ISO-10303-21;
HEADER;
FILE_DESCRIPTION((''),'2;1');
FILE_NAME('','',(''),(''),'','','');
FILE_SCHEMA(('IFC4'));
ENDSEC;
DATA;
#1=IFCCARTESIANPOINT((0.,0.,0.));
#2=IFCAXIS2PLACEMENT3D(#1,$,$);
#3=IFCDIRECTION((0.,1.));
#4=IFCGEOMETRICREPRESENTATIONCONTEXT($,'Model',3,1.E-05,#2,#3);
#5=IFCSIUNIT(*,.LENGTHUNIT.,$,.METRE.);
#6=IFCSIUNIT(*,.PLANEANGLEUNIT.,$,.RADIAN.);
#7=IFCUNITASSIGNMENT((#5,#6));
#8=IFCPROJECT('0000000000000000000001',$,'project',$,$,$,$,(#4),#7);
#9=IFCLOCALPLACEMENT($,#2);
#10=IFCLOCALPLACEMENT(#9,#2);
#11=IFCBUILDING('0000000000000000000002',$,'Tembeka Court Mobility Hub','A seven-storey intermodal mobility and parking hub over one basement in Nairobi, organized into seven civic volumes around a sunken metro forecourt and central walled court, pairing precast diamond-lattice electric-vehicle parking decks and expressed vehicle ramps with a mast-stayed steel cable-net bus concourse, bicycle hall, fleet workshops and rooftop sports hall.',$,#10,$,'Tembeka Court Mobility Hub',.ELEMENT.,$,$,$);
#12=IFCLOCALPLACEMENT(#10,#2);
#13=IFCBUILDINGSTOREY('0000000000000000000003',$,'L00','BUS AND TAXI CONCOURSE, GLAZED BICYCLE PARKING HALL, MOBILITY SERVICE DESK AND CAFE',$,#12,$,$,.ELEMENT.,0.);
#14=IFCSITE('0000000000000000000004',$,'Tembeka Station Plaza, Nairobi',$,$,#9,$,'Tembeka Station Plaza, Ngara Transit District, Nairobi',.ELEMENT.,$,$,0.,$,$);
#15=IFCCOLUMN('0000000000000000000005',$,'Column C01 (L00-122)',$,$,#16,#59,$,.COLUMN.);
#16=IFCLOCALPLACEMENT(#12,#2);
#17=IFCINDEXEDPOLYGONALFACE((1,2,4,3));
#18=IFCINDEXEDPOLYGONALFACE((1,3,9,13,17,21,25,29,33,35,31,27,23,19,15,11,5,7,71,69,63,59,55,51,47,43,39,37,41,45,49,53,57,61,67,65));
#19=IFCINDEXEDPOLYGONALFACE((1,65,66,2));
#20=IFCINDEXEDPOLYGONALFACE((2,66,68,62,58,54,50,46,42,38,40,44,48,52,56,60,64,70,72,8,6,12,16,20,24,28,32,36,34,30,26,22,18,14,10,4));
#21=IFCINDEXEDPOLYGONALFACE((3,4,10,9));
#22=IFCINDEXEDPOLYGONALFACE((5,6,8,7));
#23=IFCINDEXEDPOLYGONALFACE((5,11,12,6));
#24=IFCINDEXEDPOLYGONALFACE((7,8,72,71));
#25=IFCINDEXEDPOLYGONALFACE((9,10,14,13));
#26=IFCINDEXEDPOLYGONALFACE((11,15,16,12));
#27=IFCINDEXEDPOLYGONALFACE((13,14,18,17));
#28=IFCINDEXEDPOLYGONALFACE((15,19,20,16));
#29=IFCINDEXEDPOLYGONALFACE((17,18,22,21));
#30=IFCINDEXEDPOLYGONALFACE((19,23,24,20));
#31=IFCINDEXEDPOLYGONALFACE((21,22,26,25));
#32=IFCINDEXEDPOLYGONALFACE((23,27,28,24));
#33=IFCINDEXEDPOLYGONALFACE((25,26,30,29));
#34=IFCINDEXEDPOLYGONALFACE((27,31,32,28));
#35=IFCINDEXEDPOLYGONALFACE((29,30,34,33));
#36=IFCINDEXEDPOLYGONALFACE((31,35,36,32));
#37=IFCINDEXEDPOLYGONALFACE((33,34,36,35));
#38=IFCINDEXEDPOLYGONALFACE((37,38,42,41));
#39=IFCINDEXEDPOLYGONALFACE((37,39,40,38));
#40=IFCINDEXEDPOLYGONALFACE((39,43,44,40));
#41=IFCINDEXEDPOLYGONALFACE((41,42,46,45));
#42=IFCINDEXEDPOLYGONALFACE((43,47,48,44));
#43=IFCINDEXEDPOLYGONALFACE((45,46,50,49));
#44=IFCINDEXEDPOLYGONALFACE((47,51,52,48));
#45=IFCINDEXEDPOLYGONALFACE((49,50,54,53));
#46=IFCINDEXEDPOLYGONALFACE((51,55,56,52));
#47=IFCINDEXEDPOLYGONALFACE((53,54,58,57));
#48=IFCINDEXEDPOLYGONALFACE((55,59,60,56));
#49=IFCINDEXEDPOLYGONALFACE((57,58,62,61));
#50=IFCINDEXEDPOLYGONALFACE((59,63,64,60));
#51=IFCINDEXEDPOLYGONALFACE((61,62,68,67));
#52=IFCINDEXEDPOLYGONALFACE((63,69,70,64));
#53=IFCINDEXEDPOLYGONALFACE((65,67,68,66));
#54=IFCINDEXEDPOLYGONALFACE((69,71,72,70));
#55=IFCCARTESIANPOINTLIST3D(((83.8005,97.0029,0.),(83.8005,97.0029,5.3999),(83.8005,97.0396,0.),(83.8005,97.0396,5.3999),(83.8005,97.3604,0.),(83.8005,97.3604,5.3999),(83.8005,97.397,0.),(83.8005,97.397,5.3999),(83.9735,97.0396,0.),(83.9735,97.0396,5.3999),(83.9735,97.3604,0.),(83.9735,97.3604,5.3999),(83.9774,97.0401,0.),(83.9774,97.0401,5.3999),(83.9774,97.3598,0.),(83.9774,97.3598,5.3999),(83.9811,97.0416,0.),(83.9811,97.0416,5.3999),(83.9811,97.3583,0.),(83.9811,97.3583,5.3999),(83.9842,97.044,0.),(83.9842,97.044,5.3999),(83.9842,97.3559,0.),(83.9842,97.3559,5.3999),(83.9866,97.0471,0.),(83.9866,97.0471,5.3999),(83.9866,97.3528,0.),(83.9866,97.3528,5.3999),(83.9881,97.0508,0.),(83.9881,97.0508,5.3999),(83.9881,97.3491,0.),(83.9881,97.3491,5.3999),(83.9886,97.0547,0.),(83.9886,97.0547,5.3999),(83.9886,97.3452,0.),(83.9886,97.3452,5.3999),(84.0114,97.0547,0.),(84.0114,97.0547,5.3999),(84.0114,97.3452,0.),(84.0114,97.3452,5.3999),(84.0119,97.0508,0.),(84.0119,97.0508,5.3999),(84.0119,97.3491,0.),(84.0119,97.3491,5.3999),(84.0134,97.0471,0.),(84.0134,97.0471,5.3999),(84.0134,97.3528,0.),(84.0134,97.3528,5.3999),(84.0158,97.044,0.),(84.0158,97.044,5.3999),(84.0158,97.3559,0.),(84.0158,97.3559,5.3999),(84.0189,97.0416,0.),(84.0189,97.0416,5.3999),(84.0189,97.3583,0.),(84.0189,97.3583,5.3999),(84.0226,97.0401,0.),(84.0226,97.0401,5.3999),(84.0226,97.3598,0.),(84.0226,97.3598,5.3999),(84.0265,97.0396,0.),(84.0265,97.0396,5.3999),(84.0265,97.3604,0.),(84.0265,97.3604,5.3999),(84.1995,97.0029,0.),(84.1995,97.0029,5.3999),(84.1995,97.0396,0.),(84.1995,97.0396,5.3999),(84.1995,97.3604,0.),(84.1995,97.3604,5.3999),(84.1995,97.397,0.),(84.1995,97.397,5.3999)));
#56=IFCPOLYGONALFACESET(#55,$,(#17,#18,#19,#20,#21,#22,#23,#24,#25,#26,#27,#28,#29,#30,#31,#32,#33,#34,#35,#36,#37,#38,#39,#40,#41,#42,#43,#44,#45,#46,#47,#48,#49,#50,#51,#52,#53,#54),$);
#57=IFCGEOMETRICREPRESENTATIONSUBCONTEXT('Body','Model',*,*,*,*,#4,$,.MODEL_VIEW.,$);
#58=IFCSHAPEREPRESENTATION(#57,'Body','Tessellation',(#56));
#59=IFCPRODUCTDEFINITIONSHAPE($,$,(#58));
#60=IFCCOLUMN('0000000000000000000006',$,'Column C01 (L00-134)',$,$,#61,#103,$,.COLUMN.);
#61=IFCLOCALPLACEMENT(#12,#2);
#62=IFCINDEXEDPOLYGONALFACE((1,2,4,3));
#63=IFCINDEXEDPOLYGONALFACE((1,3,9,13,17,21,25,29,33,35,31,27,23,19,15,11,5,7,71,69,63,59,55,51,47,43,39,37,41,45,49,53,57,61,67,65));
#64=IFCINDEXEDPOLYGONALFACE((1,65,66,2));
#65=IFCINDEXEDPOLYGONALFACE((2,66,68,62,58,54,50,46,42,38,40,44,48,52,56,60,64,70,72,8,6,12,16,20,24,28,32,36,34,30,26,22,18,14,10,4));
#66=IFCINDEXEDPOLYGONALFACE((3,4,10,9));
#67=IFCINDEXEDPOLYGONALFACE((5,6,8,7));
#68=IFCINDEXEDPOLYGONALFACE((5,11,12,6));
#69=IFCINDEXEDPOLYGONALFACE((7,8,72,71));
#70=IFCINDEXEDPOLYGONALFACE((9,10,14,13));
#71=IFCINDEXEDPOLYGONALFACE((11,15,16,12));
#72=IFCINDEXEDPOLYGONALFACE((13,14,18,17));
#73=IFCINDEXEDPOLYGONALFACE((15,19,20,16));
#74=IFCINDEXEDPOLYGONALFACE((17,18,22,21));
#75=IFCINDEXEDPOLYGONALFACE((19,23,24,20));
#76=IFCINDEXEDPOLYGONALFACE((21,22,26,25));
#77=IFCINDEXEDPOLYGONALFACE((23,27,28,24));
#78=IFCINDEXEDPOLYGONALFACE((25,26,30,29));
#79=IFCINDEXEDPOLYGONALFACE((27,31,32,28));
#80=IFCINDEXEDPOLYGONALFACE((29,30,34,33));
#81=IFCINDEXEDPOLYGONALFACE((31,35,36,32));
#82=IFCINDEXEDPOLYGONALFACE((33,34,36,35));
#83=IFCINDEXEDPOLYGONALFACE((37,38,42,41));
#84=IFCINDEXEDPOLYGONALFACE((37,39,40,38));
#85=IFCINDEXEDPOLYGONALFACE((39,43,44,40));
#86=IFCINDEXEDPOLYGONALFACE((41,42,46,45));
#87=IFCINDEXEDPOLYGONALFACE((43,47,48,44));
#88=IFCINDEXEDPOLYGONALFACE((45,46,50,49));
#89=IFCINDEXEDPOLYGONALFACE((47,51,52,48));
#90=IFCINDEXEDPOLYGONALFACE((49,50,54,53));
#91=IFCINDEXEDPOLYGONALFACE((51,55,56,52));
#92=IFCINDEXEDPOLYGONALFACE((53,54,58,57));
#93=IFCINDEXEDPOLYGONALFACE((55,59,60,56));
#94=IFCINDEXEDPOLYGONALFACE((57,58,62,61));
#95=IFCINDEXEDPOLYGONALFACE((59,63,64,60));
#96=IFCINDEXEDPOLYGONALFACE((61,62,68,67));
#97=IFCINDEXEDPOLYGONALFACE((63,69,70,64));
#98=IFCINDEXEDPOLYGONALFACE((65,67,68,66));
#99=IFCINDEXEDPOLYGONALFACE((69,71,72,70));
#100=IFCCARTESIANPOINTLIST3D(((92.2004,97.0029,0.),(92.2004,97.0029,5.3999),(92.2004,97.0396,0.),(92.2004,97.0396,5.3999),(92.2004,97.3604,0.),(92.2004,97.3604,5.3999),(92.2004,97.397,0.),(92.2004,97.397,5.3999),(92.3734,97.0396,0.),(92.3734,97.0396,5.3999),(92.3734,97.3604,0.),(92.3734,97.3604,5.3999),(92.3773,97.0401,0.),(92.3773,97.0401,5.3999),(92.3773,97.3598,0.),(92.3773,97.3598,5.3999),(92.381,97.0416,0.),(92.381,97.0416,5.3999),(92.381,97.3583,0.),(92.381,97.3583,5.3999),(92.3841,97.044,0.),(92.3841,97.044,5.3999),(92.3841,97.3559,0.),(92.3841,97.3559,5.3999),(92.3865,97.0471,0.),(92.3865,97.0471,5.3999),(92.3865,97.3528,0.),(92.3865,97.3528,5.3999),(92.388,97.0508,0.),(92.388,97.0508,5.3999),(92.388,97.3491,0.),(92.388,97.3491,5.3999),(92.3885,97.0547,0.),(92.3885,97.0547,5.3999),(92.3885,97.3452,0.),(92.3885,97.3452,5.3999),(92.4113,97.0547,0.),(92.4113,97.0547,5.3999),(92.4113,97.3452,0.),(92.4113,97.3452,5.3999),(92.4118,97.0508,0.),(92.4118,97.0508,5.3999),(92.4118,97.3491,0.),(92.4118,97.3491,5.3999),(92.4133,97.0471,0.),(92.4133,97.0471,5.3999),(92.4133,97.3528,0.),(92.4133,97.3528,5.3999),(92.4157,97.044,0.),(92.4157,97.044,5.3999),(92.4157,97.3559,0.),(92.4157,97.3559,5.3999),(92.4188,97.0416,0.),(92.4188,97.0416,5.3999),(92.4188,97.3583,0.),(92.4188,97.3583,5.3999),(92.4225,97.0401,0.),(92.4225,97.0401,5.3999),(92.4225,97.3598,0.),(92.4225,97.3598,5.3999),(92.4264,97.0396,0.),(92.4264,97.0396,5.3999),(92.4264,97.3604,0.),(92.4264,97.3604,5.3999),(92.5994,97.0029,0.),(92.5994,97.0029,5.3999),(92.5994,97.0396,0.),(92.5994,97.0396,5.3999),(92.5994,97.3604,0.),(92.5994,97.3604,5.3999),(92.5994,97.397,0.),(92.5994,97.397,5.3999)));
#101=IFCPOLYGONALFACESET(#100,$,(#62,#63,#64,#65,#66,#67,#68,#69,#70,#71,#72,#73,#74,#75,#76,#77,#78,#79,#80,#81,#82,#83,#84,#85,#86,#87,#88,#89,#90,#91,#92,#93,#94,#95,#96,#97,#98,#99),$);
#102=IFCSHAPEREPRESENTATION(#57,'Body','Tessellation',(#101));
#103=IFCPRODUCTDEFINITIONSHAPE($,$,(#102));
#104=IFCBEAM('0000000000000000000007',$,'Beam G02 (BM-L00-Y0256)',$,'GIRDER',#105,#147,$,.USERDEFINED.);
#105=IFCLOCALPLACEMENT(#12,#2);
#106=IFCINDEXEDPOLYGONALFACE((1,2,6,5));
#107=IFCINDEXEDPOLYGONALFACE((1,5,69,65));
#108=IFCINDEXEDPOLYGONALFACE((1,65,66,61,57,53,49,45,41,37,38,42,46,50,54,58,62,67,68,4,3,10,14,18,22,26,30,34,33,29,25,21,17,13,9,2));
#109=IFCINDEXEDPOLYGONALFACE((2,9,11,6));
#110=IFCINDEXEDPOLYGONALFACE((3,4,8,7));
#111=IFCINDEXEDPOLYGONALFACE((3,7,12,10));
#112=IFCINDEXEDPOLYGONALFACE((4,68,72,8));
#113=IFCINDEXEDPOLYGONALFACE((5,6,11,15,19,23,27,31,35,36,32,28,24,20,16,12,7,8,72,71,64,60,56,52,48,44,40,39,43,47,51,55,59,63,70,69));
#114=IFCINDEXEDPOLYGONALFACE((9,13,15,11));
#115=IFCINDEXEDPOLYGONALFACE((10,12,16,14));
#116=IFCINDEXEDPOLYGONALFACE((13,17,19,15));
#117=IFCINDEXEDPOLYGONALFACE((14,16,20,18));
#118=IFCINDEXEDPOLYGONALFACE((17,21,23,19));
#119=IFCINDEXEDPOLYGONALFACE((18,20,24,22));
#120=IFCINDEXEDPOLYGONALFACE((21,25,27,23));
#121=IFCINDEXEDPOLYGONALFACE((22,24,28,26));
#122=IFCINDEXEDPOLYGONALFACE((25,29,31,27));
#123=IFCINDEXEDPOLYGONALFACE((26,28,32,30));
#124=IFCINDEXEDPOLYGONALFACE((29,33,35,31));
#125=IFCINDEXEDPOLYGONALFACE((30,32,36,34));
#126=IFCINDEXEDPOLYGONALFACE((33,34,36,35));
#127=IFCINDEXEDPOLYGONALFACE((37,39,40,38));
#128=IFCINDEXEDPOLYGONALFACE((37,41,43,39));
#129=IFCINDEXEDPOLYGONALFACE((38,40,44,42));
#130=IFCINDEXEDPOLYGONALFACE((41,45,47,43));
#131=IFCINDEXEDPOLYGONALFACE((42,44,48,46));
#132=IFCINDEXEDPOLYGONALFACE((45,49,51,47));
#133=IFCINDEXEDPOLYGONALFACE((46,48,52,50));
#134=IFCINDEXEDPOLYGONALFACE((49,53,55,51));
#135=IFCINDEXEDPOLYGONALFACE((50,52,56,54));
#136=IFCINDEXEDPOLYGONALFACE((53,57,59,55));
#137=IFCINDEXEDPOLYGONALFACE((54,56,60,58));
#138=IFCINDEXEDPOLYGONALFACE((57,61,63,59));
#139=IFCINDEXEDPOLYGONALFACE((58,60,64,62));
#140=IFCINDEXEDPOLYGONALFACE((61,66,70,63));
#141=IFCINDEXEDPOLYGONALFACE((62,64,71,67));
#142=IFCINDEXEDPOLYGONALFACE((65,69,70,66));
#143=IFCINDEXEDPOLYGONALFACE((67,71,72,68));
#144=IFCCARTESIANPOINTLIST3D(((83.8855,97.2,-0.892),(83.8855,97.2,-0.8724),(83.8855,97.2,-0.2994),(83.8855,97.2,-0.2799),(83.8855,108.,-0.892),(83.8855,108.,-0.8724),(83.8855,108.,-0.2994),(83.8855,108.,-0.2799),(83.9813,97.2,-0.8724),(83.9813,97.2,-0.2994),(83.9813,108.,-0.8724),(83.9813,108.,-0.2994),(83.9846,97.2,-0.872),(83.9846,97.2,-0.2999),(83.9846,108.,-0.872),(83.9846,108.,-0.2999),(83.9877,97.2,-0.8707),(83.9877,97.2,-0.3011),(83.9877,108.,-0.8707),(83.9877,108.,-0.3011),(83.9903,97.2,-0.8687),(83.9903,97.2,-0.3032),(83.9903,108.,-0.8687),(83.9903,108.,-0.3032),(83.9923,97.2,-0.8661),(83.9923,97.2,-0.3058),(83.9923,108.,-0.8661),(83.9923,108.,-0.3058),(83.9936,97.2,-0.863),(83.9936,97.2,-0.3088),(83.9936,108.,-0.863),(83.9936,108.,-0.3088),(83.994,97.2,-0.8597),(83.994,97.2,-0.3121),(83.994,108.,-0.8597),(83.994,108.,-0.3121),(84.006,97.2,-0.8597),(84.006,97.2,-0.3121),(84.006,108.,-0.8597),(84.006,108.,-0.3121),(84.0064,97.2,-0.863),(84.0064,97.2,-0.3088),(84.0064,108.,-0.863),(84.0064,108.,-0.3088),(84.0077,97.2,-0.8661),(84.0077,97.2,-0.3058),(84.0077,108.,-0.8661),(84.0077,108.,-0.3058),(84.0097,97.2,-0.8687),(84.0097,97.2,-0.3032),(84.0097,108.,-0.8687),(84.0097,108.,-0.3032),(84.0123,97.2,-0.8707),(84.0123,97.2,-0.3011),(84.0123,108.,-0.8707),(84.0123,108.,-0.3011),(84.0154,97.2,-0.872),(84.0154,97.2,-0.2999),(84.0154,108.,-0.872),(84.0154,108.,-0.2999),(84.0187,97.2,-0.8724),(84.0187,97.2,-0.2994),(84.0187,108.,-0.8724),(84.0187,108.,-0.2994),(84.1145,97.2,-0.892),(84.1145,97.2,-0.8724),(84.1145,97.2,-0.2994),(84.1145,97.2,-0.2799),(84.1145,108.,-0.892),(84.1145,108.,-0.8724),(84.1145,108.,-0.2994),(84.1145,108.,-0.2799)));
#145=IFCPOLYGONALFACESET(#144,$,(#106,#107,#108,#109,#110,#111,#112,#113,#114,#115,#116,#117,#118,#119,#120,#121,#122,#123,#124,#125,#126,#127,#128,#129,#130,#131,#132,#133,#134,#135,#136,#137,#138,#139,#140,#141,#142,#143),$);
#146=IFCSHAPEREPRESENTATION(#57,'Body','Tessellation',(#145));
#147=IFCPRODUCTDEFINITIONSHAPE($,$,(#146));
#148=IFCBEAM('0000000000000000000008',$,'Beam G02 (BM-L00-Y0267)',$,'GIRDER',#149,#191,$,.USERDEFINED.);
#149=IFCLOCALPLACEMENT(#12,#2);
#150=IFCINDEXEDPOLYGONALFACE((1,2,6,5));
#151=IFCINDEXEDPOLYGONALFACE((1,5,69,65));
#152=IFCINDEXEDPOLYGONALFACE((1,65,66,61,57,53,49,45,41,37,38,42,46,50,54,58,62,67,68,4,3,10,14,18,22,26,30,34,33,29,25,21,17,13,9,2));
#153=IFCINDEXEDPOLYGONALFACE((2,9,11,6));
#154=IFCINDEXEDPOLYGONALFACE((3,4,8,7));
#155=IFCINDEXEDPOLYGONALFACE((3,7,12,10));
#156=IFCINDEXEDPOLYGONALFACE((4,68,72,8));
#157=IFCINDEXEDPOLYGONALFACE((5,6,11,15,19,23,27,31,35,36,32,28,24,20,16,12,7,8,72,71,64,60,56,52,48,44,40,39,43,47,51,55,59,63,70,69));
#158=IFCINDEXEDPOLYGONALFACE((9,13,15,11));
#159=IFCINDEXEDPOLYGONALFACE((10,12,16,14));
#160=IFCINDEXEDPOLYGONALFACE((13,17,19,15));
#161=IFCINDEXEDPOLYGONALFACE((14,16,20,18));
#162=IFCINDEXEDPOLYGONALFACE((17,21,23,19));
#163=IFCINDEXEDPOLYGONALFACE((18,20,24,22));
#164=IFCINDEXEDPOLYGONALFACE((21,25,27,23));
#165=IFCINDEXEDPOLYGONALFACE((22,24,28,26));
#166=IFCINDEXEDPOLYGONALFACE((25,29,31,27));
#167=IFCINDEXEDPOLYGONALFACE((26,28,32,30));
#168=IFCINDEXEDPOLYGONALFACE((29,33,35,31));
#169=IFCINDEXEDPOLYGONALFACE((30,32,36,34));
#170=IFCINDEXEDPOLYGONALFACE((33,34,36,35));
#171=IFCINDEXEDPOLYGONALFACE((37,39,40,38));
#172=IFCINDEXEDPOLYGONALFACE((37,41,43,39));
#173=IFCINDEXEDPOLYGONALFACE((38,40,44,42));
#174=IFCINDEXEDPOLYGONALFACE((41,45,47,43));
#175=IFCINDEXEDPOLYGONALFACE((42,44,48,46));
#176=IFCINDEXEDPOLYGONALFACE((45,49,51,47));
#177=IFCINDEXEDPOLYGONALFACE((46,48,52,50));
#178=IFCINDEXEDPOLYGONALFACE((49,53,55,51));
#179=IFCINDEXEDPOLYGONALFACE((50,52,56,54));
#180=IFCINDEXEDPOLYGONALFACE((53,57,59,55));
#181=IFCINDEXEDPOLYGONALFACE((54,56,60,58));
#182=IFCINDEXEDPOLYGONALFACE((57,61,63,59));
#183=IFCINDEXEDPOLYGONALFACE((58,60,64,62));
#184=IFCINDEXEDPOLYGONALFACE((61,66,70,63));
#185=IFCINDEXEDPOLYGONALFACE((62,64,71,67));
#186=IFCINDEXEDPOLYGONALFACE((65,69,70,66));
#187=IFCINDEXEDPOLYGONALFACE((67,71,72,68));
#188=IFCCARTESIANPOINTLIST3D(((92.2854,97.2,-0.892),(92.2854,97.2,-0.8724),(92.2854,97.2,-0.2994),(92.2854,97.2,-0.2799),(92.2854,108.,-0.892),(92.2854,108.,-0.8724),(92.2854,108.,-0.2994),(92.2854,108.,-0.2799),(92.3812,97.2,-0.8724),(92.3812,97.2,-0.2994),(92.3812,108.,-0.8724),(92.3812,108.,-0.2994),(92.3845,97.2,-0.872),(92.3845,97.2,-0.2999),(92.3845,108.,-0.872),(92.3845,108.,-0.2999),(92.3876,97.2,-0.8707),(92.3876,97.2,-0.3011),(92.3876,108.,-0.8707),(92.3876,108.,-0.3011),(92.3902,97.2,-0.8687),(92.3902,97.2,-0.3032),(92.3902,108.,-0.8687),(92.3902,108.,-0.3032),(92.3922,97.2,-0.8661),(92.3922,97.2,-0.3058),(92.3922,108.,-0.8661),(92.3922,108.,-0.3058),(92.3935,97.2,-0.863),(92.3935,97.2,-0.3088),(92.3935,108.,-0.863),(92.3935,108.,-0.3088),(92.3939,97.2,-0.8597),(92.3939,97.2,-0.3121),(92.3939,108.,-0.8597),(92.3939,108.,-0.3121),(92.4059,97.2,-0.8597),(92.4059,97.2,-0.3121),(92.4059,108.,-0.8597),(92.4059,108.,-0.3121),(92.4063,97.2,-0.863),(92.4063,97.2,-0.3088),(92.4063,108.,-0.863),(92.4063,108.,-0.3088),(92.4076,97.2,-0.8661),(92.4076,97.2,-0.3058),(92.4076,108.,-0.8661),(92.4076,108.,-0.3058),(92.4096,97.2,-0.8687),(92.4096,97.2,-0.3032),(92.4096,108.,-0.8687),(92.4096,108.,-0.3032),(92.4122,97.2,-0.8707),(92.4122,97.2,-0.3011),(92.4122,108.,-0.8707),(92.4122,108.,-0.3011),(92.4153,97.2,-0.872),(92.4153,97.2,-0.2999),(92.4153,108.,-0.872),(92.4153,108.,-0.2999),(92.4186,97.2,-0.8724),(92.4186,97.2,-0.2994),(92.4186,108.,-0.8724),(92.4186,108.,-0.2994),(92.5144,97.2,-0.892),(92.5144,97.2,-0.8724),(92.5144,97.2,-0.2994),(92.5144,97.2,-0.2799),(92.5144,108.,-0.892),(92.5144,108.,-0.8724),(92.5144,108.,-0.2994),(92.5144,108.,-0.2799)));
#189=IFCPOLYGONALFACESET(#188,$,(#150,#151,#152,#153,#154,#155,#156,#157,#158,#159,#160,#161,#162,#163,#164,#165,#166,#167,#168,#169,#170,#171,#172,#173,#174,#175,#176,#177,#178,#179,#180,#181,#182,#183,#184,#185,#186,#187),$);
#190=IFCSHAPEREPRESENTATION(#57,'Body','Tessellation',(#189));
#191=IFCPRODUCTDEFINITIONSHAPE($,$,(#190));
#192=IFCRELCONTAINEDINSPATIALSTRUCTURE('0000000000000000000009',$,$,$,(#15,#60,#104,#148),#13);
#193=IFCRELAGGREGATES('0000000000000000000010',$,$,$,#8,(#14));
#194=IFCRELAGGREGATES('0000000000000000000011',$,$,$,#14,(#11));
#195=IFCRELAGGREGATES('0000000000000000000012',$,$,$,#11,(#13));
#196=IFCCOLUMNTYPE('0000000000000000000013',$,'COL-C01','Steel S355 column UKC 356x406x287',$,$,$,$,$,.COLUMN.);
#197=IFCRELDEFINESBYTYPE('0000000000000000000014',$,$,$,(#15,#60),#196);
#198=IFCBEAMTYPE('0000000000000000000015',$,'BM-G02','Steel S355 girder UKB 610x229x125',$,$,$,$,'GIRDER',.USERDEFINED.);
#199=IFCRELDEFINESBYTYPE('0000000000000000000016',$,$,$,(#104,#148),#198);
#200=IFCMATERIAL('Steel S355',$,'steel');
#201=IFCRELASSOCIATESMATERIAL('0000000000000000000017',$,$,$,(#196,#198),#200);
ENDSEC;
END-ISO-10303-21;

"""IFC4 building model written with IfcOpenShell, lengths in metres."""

from ifc_helpers import new_model, si_unit, direction, frame, origin, origin_2d, place, context, subcontext, project, spatial, i_section, extrude, material, material_profile, profile_set, type_object, element, save


model = new_model("IFC4")

# Units and contexts
model_context = context("Model", 3, precision=1e-05, world=origin(), true_north=direction((0.0, 1.0)))
body_context = subcontext(model_context, "Body", "Model", "MODEL_VIEW")
ifc_project = project(units=[si_unit("LENGTHUNIT", "METRE"), si_unit("PLANEANGLEUNIT", "RADIAN")], contexts=[model_context])

# Site, building, storey
site_placement = place(None, origin())
site = spatial("IfcSite", under=ifc_project, at=site_placement, Name="Tembeka Station Plaza, Nairobi", LongName="Tembeka Station Plaza, Ngara Transit District, Nairobi", CompositionType="ELEMENT", RefElevation=0.0)
building_placement = place(site_placement, origin())
building = spatial("IfcBuilding", under=site, at=building_placement, Name="Tembeka Court Mobility Hub", Description="A seven-storey intermodal mobility and parking hub over one basement in Nairobi, organized into seven civic volumes around a sunken metro forecourt and central walled court, pairing precast diamond-lattice electric-vehicle parking decks and expressed vehicle ramps with a mast-stayed steel cable-net bus concourse, bicycle hall, fleet workshops and rooftop sports hall.", LongName="Tembeka Court Mobility Hub", CompositionType="ELEMENT")
storey_placement = place(building_placement, origin())
storey = spatial("IfcBuildingStorey", under=building, at=storey_placement, Name="L00", Description="BUS AND TAXI CONCOURSE, GLAZED BICYCLE PARKING HALL, MOBILITY SERVICE DESK AND CAFE", CompositionType="ELEMENT", Elevation=0.0)

# Columns
ifc_material_1 = material(Name="Steel S355", Category="steel")
ifc_material_profile_1 = material_profile(ifc_material_1, i_section(OverallWidth=0.3989, OverallDepth=0.394, WebThickness=0.0227, FlangeThickness=0.0366, FilletRadius=0.0151, at=origin_2d()), Name="UKC 356x406x287")
ifc_profile_set_1 = profile_set([ifc_material_profile_1], Name="Steel S355")
column_type = type_object("IfcColumnType", Name="COL-C01", Description="Steel S355 column UKC 356x406x287", PredefinedType="COLUMN", material=ifc_profile_set_1)
for number, where, z_axis, x_axis, name in (
    (1, (84.0, 97.2, 0.0), (0.0, 0.0, 1.0), (1.0, 0.0, 0.0), "Column C01 (L00-122)"),
    (2, (92.3999, 97.2, 0.0), (0.0, 0.0, 1.0), (1.0, 0.0, 0.0), "Column C01 (L00-134)"),
):
    element("IfcColumn", number, at=place(storey_placement, frame(where, z_axis=z_axis, x_axis=x_axis)), inside=storey, type_object=column_type, Name=name, PredefinedType="COLUMN", context=body_context, shape_type="SweptSolid", body=[
        extrude(i_section(OverallWidth=0.3989, OverallDepth=0.394, WebThickness=0.0227, FlangeThickness=0.0366, FilletRadius=0.0151, at=origin_2d()), origin(), (0.0, 0.0, 1.0), 5.3999),
    ])

# Beams
ifc_material_profile_2 = material_profile(ifc_material_1, i_section(OverallWidth=0.229, OverallDepth=0.6121, WebThickness=0.012, FlangeThickness=0.0195, FilletRadius=0.0127, at=origin_2d()), Name="UKB 610x229x125")
ifc_profile_set_2 = profile_set([ifc_material_profile_2], Name="Steel S355")
beam_type_1 = type_object("IfcBeamType", Name="BM-G02", Description="Steel S355 girder UKB 610x229x125", ElementType="GIRDER", PredefinedType="USERDEFINED", material=ifc_profile_set_2)
for number, where, z_axis, x_axis, name in (
    (3, (84.0, 97.2, -0.5859), (0.0, 1.0, 0.0), (-1.0, 0.0, 0.0), "Beam G02 (BM-L00-Y0256)"),
    (4, (92.3999, 97.2, -0.5859), (0.0, 1.0, 0.0), (-1.0, 0.0, 0.0), "Beam G02 (BM-L00-Y0267)"),
):
    element("IfcBeam", number, at=place(storey_placement, frame(where, z_axis=z_axis, x_axis=x_axis)), inside=storey, type_object=beam_type_1, Name=name, ObjectType="GIRDER", PredefinedType="USERDEFINED", context=body_context, shape_type="SweptSolid", body=[
        extrude(i_section(OverallWidth=0.229, OverallDepth=0.6121, WebThickness=0.012, FlangeThickness=0.0195, FilletRadius=0.0127, at=origin_2d()), origin(), (0.0, 0.0, 1.0), 10.8),
    ])

save(model, "model.ifc")
